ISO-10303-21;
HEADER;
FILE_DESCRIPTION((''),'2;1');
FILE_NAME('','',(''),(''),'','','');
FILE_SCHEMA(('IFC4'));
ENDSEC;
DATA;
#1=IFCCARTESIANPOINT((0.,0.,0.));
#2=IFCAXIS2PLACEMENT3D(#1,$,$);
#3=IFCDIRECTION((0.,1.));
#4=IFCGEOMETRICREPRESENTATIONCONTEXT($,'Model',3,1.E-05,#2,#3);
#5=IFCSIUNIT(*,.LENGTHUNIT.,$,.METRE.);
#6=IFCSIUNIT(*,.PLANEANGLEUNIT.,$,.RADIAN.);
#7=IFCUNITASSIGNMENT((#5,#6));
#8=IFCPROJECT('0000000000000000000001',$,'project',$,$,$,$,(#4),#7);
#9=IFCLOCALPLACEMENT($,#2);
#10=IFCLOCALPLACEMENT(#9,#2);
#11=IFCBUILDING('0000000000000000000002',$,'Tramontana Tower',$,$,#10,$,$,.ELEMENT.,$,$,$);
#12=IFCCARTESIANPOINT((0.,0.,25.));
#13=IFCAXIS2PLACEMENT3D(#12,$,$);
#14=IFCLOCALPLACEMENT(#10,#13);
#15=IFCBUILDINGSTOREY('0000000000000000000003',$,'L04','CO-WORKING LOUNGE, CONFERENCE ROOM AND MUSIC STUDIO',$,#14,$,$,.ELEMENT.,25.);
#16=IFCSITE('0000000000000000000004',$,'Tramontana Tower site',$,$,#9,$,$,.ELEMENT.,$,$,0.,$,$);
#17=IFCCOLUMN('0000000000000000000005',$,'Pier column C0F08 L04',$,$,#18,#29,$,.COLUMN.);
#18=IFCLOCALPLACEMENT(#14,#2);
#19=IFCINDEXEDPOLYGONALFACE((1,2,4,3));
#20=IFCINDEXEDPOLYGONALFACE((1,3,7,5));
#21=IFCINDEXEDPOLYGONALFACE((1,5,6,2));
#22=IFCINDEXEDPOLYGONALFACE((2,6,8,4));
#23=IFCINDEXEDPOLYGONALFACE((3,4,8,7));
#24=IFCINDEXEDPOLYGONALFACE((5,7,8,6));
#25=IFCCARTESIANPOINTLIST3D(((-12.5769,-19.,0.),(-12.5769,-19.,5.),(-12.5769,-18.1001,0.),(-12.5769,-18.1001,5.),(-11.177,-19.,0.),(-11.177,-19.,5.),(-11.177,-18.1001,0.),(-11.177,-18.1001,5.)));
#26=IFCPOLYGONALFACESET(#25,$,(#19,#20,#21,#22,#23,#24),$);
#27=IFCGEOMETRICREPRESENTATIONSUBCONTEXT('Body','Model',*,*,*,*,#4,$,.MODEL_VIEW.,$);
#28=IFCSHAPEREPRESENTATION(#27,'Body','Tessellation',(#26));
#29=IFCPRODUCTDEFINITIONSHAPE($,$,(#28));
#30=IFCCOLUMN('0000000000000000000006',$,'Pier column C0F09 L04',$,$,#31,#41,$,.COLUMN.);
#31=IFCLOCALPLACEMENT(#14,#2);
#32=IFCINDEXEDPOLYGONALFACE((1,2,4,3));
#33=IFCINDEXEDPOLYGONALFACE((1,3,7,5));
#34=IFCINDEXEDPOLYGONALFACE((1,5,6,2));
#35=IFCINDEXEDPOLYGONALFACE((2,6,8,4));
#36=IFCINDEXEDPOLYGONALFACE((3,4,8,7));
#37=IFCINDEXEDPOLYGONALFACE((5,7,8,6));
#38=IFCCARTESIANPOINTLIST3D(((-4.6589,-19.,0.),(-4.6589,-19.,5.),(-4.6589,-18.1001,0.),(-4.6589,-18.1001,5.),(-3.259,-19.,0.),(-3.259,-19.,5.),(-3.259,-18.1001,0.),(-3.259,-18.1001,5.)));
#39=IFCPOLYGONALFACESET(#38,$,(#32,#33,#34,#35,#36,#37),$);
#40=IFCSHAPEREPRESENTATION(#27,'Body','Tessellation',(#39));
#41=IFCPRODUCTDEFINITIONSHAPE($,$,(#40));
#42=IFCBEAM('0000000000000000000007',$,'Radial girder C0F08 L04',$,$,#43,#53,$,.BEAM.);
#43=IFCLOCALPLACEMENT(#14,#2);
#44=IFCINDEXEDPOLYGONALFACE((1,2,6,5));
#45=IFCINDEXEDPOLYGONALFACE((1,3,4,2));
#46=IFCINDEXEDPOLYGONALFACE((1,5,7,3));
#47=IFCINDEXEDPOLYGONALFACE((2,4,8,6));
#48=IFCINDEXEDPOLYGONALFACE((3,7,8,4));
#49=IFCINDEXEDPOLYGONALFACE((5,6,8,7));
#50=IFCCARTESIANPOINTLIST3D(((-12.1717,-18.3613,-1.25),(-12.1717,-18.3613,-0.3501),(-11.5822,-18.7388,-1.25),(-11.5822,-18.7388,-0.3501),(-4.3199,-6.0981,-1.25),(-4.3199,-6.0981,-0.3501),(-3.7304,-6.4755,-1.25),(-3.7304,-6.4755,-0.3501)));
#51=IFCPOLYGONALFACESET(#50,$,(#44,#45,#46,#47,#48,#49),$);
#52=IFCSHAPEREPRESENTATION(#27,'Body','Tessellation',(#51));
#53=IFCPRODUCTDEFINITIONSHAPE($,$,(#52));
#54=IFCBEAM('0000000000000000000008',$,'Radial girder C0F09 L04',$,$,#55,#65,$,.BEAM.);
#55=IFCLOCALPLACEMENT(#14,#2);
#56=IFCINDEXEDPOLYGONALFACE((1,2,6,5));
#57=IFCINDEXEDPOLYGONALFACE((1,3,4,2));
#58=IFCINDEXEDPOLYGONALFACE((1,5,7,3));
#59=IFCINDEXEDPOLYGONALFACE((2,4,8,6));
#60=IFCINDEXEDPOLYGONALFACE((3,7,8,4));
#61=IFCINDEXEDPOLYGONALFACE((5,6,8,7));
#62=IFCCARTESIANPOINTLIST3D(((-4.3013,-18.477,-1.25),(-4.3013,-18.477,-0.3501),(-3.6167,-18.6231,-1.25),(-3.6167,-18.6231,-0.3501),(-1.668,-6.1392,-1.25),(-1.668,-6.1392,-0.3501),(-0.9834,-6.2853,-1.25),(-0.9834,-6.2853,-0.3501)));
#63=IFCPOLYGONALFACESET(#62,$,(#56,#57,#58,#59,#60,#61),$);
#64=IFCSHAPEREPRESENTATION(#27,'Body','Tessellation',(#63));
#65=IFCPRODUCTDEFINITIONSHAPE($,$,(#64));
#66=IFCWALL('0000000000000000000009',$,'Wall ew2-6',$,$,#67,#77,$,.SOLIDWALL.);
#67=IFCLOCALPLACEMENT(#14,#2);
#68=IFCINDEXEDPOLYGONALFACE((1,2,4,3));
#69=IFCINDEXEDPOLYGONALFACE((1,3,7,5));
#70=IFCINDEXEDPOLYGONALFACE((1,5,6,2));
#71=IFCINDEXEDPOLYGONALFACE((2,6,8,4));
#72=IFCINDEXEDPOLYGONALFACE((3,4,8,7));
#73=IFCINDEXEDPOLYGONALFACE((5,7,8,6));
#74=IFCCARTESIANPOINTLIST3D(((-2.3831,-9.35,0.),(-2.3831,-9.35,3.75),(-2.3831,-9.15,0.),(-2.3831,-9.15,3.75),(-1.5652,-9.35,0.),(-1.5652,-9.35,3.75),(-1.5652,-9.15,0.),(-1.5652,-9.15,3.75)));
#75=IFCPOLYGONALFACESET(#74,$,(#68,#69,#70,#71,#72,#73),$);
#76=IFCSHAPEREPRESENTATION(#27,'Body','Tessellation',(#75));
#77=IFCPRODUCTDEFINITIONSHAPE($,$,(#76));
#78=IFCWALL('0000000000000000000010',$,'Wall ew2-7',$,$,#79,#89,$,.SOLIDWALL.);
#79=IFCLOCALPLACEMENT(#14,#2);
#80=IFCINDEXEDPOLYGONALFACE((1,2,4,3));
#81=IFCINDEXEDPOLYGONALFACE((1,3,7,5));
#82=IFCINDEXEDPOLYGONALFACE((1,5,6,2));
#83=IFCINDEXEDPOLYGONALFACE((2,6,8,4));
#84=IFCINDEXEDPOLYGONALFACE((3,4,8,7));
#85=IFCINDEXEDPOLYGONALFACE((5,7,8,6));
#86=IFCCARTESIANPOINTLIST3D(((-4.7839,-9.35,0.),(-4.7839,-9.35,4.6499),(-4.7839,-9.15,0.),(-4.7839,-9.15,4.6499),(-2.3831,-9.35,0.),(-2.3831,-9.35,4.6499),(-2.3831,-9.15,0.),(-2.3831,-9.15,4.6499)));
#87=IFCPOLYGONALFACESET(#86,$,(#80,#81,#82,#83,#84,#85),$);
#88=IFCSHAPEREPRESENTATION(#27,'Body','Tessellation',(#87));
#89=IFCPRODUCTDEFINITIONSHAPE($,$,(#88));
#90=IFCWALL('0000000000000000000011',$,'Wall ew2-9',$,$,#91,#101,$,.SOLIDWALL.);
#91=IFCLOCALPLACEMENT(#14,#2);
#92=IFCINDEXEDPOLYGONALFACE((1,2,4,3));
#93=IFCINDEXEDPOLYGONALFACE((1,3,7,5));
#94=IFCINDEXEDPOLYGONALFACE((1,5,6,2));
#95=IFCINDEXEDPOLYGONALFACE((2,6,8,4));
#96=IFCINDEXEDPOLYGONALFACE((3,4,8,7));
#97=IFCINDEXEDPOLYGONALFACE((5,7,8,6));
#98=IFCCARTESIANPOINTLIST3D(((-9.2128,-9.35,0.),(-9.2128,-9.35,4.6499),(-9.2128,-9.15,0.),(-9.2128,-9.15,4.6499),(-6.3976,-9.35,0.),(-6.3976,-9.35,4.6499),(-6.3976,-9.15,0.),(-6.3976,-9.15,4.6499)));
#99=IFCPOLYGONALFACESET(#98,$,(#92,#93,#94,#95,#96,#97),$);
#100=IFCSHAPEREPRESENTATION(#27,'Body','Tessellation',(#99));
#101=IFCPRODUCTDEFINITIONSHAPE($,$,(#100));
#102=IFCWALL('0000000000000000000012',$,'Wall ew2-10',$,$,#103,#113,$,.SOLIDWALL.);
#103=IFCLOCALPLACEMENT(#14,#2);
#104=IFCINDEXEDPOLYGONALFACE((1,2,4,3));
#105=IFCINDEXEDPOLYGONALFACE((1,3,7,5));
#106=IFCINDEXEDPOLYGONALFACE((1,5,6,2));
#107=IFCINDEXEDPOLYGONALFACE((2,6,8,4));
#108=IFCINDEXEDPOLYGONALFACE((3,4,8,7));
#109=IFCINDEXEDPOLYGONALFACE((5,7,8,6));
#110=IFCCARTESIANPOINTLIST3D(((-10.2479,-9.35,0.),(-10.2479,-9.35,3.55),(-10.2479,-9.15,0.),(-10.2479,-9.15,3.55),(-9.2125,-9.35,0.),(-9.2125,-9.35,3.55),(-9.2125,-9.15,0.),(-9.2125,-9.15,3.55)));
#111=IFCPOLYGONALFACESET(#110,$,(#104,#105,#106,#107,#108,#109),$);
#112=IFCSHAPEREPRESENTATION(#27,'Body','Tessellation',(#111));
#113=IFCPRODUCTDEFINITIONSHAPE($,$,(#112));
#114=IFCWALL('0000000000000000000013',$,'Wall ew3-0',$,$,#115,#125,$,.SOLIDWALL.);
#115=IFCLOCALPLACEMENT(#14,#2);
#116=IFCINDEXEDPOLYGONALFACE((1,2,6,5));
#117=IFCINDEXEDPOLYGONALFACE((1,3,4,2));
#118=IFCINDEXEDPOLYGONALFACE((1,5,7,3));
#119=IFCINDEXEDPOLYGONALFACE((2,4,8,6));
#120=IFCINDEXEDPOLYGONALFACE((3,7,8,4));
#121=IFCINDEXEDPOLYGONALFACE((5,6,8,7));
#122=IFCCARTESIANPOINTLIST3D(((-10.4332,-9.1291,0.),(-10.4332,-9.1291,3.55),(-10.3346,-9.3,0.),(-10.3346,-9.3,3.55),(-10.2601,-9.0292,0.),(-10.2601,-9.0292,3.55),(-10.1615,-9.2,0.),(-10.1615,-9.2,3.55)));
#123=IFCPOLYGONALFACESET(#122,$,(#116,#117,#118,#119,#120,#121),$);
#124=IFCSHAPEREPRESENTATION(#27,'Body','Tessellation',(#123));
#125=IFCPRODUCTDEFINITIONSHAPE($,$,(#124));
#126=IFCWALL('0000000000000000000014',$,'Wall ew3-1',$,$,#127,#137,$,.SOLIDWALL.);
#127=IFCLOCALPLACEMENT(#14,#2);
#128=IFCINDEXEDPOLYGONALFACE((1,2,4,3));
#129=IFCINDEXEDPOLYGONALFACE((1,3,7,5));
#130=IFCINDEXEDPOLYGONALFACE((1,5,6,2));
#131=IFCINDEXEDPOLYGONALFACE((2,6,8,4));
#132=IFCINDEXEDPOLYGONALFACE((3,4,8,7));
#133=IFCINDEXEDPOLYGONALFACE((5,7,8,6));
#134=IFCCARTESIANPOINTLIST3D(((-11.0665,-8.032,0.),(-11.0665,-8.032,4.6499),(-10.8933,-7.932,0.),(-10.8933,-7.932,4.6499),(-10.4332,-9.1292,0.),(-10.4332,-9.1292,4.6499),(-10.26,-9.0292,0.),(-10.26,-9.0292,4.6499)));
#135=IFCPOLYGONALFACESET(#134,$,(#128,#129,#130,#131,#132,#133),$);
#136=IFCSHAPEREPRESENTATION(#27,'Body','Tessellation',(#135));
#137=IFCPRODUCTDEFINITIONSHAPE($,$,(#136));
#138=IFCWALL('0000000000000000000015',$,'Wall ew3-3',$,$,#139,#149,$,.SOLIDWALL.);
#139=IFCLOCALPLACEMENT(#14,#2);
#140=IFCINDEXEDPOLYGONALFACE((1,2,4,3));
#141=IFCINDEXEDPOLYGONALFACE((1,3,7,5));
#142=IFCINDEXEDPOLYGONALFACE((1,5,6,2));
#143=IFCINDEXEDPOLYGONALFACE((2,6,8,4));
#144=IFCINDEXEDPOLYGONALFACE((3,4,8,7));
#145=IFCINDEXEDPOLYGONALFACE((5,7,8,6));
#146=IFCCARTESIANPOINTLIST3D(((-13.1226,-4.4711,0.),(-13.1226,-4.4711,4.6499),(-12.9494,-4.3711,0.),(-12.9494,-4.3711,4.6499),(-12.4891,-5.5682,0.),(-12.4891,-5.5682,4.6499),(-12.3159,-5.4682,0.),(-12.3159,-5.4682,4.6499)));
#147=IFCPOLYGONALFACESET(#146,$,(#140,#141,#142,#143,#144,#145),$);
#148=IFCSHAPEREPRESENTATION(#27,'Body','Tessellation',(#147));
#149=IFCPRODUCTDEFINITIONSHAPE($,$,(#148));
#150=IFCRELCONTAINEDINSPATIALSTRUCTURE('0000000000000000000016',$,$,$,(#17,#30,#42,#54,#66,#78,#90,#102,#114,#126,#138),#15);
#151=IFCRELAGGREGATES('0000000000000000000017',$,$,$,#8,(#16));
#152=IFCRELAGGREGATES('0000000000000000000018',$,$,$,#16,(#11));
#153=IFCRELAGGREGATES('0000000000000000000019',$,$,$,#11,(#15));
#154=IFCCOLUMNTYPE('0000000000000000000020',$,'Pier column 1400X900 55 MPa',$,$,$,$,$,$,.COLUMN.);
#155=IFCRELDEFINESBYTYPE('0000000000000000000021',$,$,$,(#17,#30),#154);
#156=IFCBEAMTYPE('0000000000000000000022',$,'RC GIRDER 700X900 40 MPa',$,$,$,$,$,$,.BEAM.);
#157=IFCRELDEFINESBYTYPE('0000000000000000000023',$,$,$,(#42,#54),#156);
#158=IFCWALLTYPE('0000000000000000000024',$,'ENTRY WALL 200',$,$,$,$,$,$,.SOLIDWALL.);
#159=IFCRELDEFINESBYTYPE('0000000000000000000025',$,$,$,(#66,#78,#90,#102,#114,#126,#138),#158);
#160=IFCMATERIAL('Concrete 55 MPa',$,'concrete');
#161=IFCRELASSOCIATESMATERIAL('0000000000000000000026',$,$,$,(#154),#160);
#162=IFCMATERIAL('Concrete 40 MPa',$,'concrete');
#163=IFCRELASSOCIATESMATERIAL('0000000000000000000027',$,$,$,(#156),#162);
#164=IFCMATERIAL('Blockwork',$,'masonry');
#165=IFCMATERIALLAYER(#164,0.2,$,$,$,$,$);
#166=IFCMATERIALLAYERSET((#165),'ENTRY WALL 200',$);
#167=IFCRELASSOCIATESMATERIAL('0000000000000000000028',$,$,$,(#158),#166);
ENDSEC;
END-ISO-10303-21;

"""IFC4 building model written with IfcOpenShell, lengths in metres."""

from ifc_helpers import new_model, si_unit, direction, frame, frame_2d, origin, origin_2d, place, context, subcontext, project, spatial, rectangle, extrude, material, layer, layer_set, material_profile, profile_set, type_object, element, save


model = new_model("IFC4")

# Units and contexts
model_context = context("Model", 3, precision=1e-05, world=origin(), true_north=direction((0.0, 1.0)))
body_context = subcontext(model_context, "Body", "Model", "MODEL_VIEW")
ifc_project = project(units=[si_unit("LENGTHUNIT", "METRE"), si_unit("PLANEANGLEUNIT", "RADIAN")], contexts=[model_context])

# Site, building, storey
site_placement = place(None, origin())
site = spatial("IfcSite", under=ifc_project, at=site_placement, Name="Tramontana Tower site", CompositionType="ELEMENT", RefElevation=0.0)
building_placement = place(site_placement, origin())
building = spatial("IfcBuilding", under=site, at=building_placement, Name="Tramontana Tower", CompositionType="ELEMENT")
storey_placement = place(building_placement, frame((0.0, 0.0, 25.0)))
storey = spatial("IfcBuildingStorey", under=building, at=storey_placement, Name="L04", Description="CO-WORKING LOUNGE, CONFERENCE ROOM AND MUSIC STUDIO", CompositionType="ELEMENT", Elevation=25.0)

# Columns
ifc_material_1 = material(Name="Concrete 55 MPa", Category="concrete")
ifc_material_profile_1 = material_profile(ifc_material_1, rectangle(XDim=1.3999, YDim=0.8999, at=origin_2d()), Name="Pier column 1400X900 55 MPa")
ifc_profile_set_1 = profile_set([ifc_material_profile_1], Name="Concrete 55 MPa")
column_type = type_object("IfcColumnType", Name="Pier column 1400X900 55 MPa", PredefinedType="COLUMN", material=ifc_profile_set_1)
for number, where, z_axis, x_axis, name in (
    (1, (-11.877, -18.55, 0.0), (0.0, 0.0, 1.0), (1.0, 0.0, 0.0), "Pier column C0F08 L04"),
    (2, (-3.959, -18.55, 0.0), (0.0, 0.0, 1.0), (1.0, 0.0, 0.0), "Pier column C0F09 L04"),
):
    element("IfcColumn", number, at=place(storey_placement, frame(where, z_axis=z_axis, x_axis=x_axis)), inside=storey, type_object=column_type, Name=name, PredefinedType="COLUMN", context=body_context, shape_type="SweptSolid", body=[
        extrude(rectangle(XDim=1.3999, YDim=0.8999, at=origin_2d()), origin(), (0.0, 0.0, 1.0), 5.0),
    ])

# Beams
ifc_material_2 = material(Name="Concrete 40 MPa", Category="concrete")
ifc_material_profile_2 = material_profile(ifc_material_2, rectangle(XDim=0.7, YDim=0.8999, at=origin_2d()), Name="RC GIRDER 700X900 40 MPa")
ifc_profile_set_2 = profile_set([ifc_material_profile_2], Name="Concrete 40 MPa")
beam_type = type_object("IfcBeamType", Name="RC GIRDER 700X900 40 MPa", PredefinedType="BEAM", material=ifc_profile_set_2)
beam_1_placement = place(storey_placement, frame((-11.877, -18.55, -0.8), z_axis=(0.539218, 0.842166, 0.0), x_axis=(-0.842166, 0.539218, 0.0)))
element("IfcBeam", 3, at=beam_1_placement, inside=storey, type_object=beam_type, Name="Radial girder C0F08 L04", PredefinedType="BEAM", context=body_context, shape_type="SweptSolid", body=[
    extrude(rectangle(XDim=0.7, YDim=0.8999, at=origin_2d()), origin(), (0.0, 0.0, 1.0), 14.5615),
])
beam_2_placement = place(storey_placement, frame((-3.959, -18.55, -0.8), z_axis=(0.208731, 0.977973, 0.0), x_axis=(-0.977973, 0.208731, 0.0)))
element("IfcBeam", 4, at=beam_2_placement, inside=storey, type_object=beam_type, Name="Radial girder C0F09 L04", PredefinedType="BEAM", context=body_context, shape_type="SweptSolid", body=[
    extrude(rectangle(XDim=0.7, YDim=0.8999, at=origin_2d()), origin(), (0.0, 0.0, 1.0), 12.6157),
])

# Walls
ifc_material_3 = material(Name="Blockwork", Category="masonry")
ifc_layer_1 = layer(ifc_material_3, 0.2)
ifc_layer_set_1 = layer_set([ifc_layer_1], Name="ENTRY WALL 200")
wall_type_1 = type_object("IfcWallType", Name="ENTRY WALL 200", PredefinedType="SOLIDWALL", material=ifc_layer_set_1)
wall_1_placement = place(storey_placement, frame((-1.5652, -9.25, 0.0), z_axis=(0.0, 0.0, 1.0), x_axis=(-1.0, 0.0, 0.0)))
element("IfcWall", 5, at=wall_1_placement, inside=storey, type_object=wall_type_1, Name="Wall ew2-6", PredefinedType="SOLIDWALL", context=body_context, shape_type="SweptSolid", body=[
    extrude(rectangle(XDim=0.8179, YDim=0.2, at=frame_2d((0.4089, 0.0))), origin(), (0.0, 0.0, 1.0), 3.75),
])
wall_2_placement = place(storey_placement, frame((-2.3831, -9.25, 0.0), z_axis=(0.0, 0.0, 1.0), x_axis=(-1.0, 0.0, 0.0)))
element("IfcWall", 6, at=wall_2_placement, inside=storey, type_object=wall_type_1, Name="Wall ew2-7", PredefinedType="SOLIDWALL", context=body_context, shape_type="SweptSolid", body=[
    extrude(rectangle(XDim=2.4009, YDim=0.2, at=frame_2d((1.2004, 0.0))), origin(), (0.0, 0.0, 1.0), 4.6499),
])

# Walls
wall_3_placement = place(storey_placement, frame((-6.3975, -9.25, 0.0), z_axis=(0.0, 0.0, 1.0), x_axis=(-1.0, 0.0, 0.0)))
element("IfcWall", 7, at=wall_3_placement, inside=storey, type_object=wall_type_1, Name="Wall ew2-9", PredefinedType="SOLIDWALL", context=body_context, shape_type="SweptSolid", body=[
    extrude(rectangle(XDim=2.8152, YDim=0.2, at=frame_2d((1.4077, 0.0))), origin(), (0.0, 0.0, 1.0), 4.6499),
])
wall_4_placement = place(storey_placement, frame((-9.2126, -9.25, 0.0), z_axis=(0.0, 0.0, 1.0), x_axis=(-1.0, 0.0, 0.0)))
element("IfcWall", 8, at=wall_4_placement, inside=storey, type_object=wall_type_1, Name="Wall ew2-10", PredefinedType="SOLIDWALL", context=body_context, shape_type="SweptSolid", body=[
    extrude(rectangle(XDim=1.0354, YDim=0.2, at=frame_2d((0.5176, 0.0))), origin(), (0.0, 0.0, 1.0), 3.55),
])
wall_5_placement = place(storey_placement, frame((-10.248, -9.25, 0.0), z_axis=(0.0, 0.0, 1.0), x_axis=(-0.499865, 0.866103, 0.0)))
element("IfcWall", 9, at=wall_5_placement, inside=storey, type_object=wall_type_1, Name="Wall ew3-0", PredefinedType="SOLIDWALL", context=body_context, shape_type="SweptSolid", body=[
    extrude(rectangle(XDim=0.1973, YDim=0.2, at=frame_2d((0.0986, 0.0))), origin(), (0.0, 0.0, 1.0), 3.55),
])
wall_6_placement = place(storey_placement, frame((-10.3467, -9.0791, 0.0), z_axis=(0.0, 0.0, 1.0), x_axis=(-0.499912, 0.866076, 0.0)))
element("IfcWall", 10, at=wall_6_placement, inside=storey, type_object=wall_type_1, Name="Wall ew3-1", PredefinedType="SOLIDWALL", context=body_context, shape_type="SweptSolid", body=[
    extrude(rectangle(XDim=1.2668, YDim=0.2, at=frame_2d((0.6333, 0.0))), origin(), (0.0, 0.0, 1.0), 4.6499),
])

# Wall
wall_7_placement = place(storey_placement, frame((-12.4026, -5.5181, 0.0), z_axis=(0.0, 0.0, 1.0), x_axis=(-0.500056, 0.865993, 0.0)))
element("IfcWall", 11, at=wall_7_placement, inside=storey, type_object=wall_type_1, Name="Wall ew3-3", PredefinedType="SOLIDWALL", context=body_context, shape_type="SweptSolid", body=[
    extrude(rectangle(XDim=1.2668, YDim=0.2, at=frame_2d((0.6333, 0.0))), origin(), (0.0, 0.0, 1.0), 4.6499),
])

save(model, "model.ifc")
